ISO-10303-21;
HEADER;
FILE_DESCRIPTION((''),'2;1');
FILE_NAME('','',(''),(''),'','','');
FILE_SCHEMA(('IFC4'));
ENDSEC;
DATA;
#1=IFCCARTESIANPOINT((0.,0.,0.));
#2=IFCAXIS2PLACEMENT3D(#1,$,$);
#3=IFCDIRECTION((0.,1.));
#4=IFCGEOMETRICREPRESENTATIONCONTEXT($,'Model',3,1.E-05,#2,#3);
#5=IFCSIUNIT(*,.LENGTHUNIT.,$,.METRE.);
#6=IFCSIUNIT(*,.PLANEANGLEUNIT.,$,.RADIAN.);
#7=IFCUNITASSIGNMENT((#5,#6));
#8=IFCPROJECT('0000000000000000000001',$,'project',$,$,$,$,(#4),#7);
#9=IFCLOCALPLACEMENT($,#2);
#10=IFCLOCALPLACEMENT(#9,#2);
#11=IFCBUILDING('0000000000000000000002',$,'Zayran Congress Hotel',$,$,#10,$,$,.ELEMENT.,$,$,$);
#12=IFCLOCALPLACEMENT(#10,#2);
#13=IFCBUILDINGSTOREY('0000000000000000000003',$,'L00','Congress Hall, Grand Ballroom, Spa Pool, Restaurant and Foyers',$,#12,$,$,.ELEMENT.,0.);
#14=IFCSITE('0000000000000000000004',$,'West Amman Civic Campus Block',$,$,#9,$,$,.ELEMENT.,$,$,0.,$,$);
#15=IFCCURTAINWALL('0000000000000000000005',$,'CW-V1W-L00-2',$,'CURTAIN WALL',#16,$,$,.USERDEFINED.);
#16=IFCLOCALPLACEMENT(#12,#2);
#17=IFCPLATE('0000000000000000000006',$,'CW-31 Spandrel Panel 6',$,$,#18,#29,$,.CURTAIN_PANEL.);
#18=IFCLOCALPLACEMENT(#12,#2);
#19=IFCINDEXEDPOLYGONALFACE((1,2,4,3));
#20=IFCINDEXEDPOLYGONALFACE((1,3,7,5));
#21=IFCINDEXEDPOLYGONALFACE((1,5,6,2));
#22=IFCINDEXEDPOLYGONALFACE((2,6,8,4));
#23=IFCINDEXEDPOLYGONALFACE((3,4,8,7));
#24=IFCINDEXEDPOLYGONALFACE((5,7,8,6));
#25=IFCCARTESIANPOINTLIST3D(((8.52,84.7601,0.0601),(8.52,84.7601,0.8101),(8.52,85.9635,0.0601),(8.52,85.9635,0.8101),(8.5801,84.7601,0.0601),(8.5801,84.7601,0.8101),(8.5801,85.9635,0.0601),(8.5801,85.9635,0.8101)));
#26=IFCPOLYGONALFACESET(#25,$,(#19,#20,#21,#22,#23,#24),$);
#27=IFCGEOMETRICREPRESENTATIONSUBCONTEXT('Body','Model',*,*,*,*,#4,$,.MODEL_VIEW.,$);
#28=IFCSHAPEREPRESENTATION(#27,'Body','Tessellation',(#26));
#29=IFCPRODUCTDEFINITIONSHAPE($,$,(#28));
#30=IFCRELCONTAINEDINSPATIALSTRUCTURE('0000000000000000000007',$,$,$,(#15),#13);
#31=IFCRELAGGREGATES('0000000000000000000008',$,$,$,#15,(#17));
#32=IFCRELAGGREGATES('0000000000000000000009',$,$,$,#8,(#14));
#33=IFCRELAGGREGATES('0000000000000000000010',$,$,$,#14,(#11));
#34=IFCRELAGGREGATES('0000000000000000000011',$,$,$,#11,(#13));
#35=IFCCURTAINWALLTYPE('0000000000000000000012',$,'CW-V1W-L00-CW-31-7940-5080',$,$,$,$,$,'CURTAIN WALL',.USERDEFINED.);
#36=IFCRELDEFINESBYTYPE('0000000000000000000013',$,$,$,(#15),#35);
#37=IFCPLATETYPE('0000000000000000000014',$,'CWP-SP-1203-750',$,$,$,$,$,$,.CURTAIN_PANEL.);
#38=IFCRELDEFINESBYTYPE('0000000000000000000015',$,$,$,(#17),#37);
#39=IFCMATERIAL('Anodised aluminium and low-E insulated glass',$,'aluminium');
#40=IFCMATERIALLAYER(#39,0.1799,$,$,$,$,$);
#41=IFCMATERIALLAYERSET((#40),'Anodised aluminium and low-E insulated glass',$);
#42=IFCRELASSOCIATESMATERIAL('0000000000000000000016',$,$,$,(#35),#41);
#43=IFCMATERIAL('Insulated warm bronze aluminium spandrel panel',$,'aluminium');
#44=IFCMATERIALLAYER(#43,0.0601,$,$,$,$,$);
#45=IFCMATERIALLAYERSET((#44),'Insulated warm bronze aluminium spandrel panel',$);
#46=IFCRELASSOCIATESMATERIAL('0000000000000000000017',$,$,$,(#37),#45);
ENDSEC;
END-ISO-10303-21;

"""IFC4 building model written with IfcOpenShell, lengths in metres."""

from ifc_helpers import new_model, si_unit, direction, frame, origin, origin_2d, place, context, subcontext, project, spatial, rectangle, extrude, material, layer, layer_set, type_object, element, aggregate, save


model = new_model("IFC4")

# Units and contexts
model_context = context("Model", 3, precision=1e-05, world=origin(), true_north=direction((0.0, 1.0)))
body_context = subcontext(model_context, "Body", "Model", "MODEL_VIEW")
ifc_project = project(units=[si_unit("LENGTHUNIT", "METRE"), si_unit("PLANEANGLEUNIT", "RADIAN")], contexts=[model_context])

# Site, building, storey
site_placement = place(None, origin())
site = spatial("IfcSite", under=ifc_project, at=site_placement, Name="West Amman Civic Campus Block", CompositionType="ELEMENT", RefElevation=0.0)
building_placement = place(site_placement, origin())
building = spatial("IfcBuilding", under=site, at=building_placement, Name="Zayran Congress Hotel", CompositionType="ELEMENT")
storey_placement = place(building_placement, origin())
storey = spatial("IfcBuildingStorey", under=building, at=storey_placement, Name="L00", Description="Congress Hall, Grand Ballroom, Spa Pool, Restaurant and Foyers", CompositionType="ELEMENT", Elevation=0.0)

# Curtain wall, plate
ifc_material_1 = material(Name="Anodised aluminium and low-E insulated glass", Category="aluminium")
ifc_layer_1 = layer(ifc_material_1, 0.1799)
ifc_layer_set_1 = layer_set([ifc_layer_1], Name="Anodised aluminium and low-E insulated glass")
curtain_wall_type = type_object("IfcCurtainWallType", Name="CW-V1W-L00-CW-31-7940-5080", ElementType="CURTAIN WALL", PredefinedType="USERDEFINED", material=ifc_layer_set_1)
curtain_wall_placement = place(storey_placement, origin())
curtain_wall = element("IfcCurtainWall", 1, at=curtain_wall_placement, inside=storey, type_object=curtain_wall_type, Name="CW-V1W-L00-2", ObjectType="CURTAIN WALL", PredefinedType="USERDEFINED")
ifc_material_2 = material(Name="Insulated warm bronze aluminium spandrel panel", Category="aluminium")
ifc_layer_2 = layer(ifc_material_2, 0.0601)
ifc_layer_set_2 = layer_set([ifc_layer_2], Name="Insulated warm bronze aluminium spandrel panel")
plate_type_1 = type_object("IfcPlateType", Name="CWP-SP-1203-750", PredefinedType="CURTAIN_PANEL", material=ifc_layer_set_2)
plate_1_placement = place(storey_placement, frame((8.55, 85.3618, 0.0601), z_axis=(0.0, 0.0, 1.0), x_axis=(0.0, 1.0, 0.0)))
plate_1 = element("IfcPlate", 2, at=plate_1_placement, type_object=plate_type_1, Name="CW-31 Spandrel Panel 6", PredefinedType="CURTAIN_PANEL", context=body_context, shape_type="SweptSolid", body=[
    extrude(rectangle(XDim=1.2034, YDim=0.0601, at=origin_2d()), origin(), (0.0, 0.0, 1.0), 0.75),
])
aggregate(curtain_wall, [plate_1])

save(model, "model.ifc")
